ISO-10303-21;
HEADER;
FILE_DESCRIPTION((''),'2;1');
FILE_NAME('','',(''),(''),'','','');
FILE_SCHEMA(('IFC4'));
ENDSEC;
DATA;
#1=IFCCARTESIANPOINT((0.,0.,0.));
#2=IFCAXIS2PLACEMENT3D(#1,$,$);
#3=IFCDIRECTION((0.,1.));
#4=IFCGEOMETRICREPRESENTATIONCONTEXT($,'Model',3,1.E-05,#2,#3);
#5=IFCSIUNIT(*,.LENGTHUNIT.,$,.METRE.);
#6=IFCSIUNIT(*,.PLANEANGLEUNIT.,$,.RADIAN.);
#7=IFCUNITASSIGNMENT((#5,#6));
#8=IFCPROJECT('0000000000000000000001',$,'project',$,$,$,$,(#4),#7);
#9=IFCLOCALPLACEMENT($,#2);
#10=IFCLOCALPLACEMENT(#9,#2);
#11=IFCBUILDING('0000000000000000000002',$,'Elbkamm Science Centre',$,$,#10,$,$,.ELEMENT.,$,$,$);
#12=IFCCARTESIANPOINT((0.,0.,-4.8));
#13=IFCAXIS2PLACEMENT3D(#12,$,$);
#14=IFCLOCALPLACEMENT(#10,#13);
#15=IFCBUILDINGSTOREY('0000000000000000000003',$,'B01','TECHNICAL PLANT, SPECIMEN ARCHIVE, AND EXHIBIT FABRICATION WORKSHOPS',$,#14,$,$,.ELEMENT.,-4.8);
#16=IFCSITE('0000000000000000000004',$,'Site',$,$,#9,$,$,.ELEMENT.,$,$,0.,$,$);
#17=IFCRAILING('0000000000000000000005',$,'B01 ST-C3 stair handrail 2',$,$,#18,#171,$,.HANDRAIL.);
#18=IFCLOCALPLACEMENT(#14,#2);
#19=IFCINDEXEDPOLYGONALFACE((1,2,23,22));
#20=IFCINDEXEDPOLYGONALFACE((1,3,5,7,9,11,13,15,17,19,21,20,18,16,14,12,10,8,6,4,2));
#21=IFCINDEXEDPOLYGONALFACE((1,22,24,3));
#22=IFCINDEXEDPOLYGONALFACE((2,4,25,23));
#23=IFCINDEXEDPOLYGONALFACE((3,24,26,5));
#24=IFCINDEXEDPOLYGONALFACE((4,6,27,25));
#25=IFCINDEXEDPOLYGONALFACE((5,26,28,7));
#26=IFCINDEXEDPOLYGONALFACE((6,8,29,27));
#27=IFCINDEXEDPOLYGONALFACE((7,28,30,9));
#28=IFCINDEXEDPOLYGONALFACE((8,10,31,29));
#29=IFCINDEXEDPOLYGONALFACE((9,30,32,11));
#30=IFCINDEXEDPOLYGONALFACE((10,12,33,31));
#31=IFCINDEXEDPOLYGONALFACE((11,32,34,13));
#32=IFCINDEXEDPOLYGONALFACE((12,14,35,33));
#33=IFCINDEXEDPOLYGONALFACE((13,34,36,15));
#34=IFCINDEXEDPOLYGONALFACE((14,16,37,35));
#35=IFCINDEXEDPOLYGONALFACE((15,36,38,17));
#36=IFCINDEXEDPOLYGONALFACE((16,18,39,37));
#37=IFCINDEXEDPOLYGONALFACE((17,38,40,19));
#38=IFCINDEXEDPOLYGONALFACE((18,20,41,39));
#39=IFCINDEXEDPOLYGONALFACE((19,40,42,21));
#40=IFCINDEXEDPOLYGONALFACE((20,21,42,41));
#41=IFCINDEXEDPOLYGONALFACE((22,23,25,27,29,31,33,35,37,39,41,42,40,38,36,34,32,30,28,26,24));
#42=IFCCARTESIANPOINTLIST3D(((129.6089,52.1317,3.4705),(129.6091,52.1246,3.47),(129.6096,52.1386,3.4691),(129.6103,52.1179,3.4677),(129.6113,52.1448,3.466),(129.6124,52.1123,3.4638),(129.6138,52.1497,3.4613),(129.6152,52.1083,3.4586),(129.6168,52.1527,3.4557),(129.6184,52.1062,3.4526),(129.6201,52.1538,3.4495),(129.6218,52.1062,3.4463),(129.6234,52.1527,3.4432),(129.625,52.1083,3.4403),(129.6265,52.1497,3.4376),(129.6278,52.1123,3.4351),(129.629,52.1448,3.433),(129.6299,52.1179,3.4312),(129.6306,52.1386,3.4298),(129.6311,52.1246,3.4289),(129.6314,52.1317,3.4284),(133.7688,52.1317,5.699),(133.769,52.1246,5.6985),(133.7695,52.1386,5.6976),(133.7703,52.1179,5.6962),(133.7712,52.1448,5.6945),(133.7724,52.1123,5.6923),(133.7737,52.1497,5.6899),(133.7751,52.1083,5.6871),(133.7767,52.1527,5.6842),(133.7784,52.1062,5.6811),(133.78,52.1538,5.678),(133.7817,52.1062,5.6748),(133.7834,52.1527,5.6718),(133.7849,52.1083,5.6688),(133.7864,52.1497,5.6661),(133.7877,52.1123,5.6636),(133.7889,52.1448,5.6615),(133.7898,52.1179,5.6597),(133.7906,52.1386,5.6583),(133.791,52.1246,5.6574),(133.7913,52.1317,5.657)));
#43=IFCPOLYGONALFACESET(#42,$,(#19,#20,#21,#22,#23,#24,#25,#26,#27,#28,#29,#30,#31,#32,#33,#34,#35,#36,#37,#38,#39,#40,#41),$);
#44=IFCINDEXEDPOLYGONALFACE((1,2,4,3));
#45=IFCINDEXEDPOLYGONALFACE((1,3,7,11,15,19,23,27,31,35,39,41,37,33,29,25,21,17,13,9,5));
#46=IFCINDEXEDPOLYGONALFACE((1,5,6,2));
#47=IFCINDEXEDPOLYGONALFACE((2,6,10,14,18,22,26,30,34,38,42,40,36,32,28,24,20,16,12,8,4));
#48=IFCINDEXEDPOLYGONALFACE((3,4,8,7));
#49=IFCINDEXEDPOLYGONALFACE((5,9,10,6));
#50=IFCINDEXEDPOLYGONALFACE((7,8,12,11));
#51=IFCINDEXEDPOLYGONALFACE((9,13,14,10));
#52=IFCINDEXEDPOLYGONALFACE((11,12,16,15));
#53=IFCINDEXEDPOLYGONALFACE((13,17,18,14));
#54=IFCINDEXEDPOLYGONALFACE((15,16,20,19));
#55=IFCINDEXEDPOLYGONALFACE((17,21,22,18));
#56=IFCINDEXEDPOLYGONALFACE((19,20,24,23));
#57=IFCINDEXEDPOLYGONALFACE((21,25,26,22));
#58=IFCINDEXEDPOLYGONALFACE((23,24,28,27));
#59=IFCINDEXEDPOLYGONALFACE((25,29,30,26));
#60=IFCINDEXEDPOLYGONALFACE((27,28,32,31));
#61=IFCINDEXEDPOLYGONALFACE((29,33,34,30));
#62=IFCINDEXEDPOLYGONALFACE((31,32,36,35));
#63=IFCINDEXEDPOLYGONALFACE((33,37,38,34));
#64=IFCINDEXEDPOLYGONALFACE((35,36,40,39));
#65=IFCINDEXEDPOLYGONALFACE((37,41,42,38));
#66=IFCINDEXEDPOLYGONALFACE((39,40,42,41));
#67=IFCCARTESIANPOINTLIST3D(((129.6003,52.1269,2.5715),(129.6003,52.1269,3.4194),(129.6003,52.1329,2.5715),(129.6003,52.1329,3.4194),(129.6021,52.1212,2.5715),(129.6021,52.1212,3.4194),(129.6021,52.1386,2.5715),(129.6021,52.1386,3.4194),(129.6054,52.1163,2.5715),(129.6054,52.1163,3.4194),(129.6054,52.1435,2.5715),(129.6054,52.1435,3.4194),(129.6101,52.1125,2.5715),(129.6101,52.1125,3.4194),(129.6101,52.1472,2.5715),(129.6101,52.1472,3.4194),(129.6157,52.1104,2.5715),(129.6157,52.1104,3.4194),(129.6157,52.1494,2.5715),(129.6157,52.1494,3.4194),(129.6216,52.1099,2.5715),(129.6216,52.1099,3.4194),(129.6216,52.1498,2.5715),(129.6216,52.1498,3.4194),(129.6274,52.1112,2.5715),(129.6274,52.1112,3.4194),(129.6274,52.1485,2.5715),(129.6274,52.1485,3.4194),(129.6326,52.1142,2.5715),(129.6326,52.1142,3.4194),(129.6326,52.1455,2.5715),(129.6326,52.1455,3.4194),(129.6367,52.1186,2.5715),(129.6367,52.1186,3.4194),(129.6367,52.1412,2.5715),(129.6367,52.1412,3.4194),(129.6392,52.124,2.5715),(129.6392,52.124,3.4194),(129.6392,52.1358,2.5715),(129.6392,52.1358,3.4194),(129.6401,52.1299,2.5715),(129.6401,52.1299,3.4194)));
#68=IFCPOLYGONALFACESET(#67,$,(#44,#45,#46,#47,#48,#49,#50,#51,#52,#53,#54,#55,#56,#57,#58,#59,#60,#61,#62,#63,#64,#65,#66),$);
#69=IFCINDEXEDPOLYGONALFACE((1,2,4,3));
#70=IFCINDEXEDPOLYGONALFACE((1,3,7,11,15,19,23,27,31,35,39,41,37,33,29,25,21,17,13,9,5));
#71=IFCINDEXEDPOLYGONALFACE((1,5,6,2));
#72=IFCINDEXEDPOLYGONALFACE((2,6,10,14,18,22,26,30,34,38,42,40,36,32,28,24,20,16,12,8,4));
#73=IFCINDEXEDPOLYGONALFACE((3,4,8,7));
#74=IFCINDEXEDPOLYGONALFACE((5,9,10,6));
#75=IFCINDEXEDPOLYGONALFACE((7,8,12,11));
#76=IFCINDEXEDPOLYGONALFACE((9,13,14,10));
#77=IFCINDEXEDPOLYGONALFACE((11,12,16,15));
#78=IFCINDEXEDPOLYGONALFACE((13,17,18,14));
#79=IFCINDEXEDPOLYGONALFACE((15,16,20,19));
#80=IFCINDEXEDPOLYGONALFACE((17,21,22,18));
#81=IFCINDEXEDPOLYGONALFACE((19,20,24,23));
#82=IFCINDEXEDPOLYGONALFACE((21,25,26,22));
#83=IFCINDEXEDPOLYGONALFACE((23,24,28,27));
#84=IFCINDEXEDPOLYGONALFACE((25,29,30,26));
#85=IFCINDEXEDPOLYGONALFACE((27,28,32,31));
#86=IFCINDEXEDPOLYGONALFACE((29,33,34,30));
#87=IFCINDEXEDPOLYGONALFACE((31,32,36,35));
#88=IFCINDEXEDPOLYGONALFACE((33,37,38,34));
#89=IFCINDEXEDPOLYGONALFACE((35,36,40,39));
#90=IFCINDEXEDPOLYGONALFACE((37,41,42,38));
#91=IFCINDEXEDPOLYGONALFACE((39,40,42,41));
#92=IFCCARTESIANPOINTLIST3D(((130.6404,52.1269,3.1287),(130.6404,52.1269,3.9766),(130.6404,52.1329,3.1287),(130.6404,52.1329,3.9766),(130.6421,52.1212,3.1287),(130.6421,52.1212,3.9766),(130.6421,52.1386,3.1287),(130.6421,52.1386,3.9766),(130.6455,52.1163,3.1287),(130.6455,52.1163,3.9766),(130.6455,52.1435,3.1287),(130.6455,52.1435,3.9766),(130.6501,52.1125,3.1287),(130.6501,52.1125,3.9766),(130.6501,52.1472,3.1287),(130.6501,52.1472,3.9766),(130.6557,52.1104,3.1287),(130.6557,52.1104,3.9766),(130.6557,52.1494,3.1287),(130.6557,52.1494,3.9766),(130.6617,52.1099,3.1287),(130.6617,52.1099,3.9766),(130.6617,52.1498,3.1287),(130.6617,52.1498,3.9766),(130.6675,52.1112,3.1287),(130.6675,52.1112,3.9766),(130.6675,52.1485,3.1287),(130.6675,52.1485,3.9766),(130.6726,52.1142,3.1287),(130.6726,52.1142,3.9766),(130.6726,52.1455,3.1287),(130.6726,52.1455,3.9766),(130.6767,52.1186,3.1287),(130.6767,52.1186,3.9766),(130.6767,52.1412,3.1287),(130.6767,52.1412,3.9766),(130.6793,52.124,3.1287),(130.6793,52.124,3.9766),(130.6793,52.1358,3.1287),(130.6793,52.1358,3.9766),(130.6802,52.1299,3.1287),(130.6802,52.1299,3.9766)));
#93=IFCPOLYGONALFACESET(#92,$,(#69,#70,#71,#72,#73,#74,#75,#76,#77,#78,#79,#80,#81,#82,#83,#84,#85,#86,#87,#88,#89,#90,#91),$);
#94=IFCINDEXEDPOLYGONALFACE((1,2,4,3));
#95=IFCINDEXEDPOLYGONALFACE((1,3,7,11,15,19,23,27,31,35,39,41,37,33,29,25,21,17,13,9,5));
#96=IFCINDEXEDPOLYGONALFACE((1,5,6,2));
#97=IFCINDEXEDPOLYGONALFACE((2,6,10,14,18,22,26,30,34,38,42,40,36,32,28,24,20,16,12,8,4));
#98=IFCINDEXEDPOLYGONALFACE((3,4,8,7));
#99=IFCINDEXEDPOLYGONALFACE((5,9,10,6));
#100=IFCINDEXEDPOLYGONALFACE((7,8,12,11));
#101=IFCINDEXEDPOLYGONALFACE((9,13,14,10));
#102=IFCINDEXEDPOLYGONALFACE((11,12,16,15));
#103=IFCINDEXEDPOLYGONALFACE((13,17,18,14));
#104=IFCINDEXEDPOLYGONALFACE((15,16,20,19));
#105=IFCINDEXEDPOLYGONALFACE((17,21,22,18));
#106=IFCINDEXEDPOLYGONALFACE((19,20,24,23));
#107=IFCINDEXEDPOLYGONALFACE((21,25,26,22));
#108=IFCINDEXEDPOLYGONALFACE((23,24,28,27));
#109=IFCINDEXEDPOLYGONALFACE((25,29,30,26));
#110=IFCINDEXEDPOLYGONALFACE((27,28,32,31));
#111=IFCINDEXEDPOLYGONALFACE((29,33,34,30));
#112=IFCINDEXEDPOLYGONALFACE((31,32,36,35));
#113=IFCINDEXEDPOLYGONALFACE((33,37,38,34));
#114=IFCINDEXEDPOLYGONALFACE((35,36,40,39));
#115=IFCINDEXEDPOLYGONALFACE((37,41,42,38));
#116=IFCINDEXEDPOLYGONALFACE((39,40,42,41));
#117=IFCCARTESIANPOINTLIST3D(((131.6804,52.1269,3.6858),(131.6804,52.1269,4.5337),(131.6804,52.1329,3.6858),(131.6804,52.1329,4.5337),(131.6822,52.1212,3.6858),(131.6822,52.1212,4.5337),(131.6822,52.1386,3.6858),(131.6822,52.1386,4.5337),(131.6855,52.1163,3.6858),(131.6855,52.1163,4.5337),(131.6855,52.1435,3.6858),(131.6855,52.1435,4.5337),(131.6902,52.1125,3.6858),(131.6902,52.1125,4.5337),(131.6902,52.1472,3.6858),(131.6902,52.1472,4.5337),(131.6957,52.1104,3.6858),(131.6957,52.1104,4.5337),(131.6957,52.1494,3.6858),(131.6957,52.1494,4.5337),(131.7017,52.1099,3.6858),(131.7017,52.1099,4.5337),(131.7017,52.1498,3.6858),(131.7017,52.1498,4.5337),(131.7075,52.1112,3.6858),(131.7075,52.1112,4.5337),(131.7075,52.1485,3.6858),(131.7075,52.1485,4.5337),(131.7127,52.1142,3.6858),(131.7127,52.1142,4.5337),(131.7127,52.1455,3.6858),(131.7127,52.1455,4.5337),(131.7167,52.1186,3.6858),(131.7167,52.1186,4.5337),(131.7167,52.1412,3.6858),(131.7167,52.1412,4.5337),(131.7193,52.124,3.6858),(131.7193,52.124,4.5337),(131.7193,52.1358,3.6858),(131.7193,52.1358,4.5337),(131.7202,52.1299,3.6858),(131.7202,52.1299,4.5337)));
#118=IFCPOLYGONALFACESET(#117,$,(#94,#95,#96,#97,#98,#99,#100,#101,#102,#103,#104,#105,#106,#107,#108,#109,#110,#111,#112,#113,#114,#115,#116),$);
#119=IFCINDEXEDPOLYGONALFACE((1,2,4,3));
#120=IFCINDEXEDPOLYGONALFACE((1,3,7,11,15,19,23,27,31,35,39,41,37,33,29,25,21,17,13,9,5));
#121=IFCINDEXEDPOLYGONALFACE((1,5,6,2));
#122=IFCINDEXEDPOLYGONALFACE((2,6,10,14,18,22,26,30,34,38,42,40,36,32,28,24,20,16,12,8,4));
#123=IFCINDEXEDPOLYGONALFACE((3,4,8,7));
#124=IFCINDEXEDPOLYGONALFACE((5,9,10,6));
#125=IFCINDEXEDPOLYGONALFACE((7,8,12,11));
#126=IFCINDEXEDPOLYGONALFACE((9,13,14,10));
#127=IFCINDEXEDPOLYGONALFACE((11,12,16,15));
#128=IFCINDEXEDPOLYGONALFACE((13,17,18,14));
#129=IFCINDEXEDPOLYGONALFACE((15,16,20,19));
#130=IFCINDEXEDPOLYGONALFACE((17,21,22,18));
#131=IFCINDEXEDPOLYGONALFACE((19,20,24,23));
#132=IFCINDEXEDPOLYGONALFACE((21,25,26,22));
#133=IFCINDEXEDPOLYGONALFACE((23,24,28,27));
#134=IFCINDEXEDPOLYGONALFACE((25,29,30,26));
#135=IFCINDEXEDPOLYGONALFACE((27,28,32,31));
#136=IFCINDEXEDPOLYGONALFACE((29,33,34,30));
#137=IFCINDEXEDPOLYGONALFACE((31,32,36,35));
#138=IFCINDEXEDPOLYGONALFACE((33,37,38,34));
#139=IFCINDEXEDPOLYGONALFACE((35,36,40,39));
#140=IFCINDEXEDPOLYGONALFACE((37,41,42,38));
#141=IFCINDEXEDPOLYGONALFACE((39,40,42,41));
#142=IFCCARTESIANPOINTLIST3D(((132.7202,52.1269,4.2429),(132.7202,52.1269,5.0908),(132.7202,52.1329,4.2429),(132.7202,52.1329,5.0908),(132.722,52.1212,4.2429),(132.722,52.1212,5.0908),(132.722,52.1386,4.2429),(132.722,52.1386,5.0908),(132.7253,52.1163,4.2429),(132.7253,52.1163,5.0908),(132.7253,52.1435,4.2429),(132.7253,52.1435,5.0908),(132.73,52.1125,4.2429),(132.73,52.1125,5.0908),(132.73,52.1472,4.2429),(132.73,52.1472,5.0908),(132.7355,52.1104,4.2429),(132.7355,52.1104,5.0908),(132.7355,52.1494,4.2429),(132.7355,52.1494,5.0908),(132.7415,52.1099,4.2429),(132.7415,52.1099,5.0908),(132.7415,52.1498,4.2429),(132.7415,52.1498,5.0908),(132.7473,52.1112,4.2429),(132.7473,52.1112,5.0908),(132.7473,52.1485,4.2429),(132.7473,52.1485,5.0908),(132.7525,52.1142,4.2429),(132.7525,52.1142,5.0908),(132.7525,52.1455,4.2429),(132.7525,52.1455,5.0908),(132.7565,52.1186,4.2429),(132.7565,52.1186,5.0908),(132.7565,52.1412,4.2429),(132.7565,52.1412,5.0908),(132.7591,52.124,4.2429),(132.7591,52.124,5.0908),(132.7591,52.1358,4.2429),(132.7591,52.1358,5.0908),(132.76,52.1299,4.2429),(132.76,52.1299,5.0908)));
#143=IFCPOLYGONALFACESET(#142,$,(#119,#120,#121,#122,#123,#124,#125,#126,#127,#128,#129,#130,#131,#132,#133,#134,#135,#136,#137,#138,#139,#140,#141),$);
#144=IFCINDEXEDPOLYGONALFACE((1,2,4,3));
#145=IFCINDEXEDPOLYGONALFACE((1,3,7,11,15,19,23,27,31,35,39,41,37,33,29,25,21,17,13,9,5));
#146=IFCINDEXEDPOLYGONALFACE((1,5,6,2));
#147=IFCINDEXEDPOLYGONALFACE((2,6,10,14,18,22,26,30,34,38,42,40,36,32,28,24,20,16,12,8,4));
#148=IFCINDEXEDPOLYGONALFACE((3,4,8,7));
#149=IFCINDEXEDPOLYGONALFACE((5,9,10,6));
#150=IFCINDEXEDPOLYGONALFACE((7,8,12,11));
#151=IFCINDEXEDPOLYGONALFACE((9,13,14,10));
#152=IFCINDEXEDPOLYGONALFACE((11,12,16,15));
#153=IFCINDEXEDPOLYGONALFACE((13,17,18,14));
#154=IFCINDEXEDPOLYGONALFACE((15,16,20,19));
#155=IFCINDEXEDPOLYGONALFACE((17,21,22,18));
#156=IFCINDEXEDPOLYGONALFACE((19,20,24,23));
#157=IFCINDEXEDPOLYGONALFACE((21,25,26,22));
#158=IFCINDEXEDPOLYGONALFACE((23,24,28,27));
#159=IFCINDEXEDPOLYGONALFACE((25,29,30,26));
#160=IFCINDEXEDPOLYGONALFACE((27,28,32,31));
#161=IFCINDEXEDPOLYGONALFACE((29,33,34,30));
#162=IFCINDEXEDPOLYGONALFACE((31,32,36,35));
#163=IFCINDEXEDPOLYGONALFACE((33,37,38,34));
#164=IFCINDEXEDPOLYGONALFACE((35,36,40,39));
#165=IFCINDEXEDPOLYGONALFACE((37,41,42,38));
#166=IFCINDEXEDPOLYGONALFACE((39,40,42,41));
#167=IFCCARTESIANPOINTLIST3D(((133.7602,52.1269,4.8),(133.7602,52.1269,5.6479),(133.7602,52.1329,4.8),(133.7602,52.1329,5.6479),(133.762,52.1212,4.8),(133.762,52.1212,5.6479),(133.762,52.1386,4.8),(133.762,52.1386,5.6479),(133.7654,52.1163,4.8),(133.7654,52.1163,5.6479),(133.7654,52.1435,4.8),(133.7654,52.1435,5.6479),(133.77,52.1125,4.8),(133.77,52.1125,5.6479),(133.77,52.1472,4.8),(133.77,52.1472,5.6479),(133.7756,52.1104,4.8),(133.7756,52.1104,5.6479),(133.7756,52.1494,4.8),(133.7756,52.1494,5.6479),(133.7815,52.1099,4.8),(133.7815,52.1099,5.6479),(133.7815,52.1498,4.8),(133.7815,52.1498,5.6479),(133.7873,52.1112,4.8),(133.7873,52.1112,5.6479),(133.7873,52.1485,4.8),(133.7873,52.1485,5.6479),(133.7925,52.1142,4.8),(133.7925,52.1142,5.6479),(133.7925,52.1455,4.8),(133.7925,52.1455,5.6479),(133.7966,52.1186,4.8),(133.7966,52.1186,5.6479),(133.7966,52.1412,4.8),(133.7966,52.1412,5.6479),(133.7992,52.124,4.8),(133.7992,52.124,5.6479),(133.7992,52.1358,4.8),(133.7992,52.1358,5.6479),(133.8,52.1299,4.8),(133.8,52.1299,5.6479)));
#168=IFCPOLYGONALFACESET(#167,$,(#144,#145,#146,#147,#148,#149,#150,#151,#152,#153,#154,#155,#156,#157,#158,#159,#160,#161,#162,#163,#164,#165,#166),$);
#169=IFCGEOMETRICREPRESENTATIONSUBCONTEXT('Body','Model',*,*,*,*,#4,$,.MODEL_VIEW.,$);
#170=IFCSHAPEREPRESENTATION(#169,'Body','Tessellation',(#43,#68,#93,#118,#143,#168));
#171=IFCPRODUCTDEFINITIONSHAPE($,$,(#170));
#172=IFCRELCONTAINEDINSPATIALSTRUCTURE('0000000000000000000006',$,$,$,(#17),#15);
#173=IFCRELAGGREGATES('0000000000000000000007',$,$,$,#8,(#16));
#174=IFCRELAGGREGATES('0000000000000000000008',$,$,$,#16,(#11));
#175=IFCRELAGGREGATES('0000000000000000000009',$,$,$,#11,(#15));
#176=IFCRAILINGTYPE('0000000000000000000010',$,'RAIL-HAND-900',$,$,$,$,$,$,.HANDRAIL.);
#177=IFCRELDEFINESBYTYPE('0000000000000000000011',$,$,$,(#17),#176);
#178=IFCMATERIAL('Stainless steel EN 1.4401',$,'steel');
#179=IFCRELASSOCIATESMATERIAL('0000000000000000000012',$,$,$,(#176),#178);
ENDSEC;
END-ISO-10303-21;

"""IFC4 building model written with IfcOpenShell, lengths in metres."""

from ifc_helpers import new_model, si_unit, direction, frame, origin, origin_2d, place, context, subcontext, project, spatial, circle, extrude, material, type_object, element, save


model = new_model("IFC4")

# Units and contexts
model_context = context("Model", 3, precision=1e-05, world=origin(), true_north=direction((0.0, 1.0)))
body_context = subcontext(model_context, "Body", "Model", "MODEL_VIEW")
ifc_project = project(units=[si_unit("LENGTHUNIT", "METRE"), si_unit("PLANEANGLEUNIT", "RADIAN")], contexts=[model_context])

# Site, building, storey
site_placement = place(None, origin())
site = spatial("IfcSite", under=ifc_project, at=site_placement, Name="Site", CompositionType="ELEMENT", RefElevation=0.0)
building_placement = place(site_placement, origin())
building = spatial("IfcBuilding", under=site, at=building_placement, Name="Elbkamm Science Centre", CompositionType="ELEMENT")
storey_placement = place(building_placement, frame((0.0, 0.0, -4.8)))
storey = spatial("IfcBuildingStorey", under=building, at=storey_placement, Name="B01", Description="TECHNICAL PLANT, SPECIMEN ARCHIVE, AND EXHIBIT FABRICATION WORKSHOPS", CompositionType="ELEMENT", Elevation=-4.8)

# Railing
ifc_material_1 = material(Name="Stainless steel EN 1.4401", Category="steel")
railing_type_1 = type_object("IfcRailingType", Name="RAIL-HAND-900", PredefinedType="HANDRAIL", material=ifc_material_1)
railing_1_placement = place(storey_placement, frame((129.6201, 52.1299, 2.5715)))
element("IfcRailing", 1, at=railing_1_placement, inside=storey, type_object=railing_type_1, Name="B01 ST-C3 stair handrail 2", PredefinedType="HANDRAIL", context=body_context, shape_type="SweptSolid", body=[
    extrude(circle(Radius=0.0239, at=origin_2d()), frame((0.0, 0.0, 0.8779), z_axis=(0.881481, 0.0, 0.47222), x_axis=(0.0, 1.0, 0.0)), (0.0, 0.0, 1.0), 4.7192),
    extrude(circle(Radius=0.02, at=origin_2d()), origin(), (0.0, 0.0, 1.0), 0.8479),
    extrude(circle(Radius=0.02, at=origin_2d()), frame((1.04, 0.0, 0.5571)), (0.0, 0.0, 1.0), 0.8479),
    extrude(circle(Radius=0.02, at=origin_2d()), frame((2.0801, 0.0, 1.1143)), (0.0, 0.0, 1.0), 0.8479),
    extrude(circle(Radius=0.02, at=origin_2d()), frame((3.1199, 0.0, 1.6714)), (0.0, 0.0, 1.0), 0.8479),
    extrude(circle(Radius=0.02, at=origin_2d()), frame((4.1599, 0.0, 2.2285)), (0.0, 0.0, 1.0), 0.8479),
])

save(model, "model.ifc")
